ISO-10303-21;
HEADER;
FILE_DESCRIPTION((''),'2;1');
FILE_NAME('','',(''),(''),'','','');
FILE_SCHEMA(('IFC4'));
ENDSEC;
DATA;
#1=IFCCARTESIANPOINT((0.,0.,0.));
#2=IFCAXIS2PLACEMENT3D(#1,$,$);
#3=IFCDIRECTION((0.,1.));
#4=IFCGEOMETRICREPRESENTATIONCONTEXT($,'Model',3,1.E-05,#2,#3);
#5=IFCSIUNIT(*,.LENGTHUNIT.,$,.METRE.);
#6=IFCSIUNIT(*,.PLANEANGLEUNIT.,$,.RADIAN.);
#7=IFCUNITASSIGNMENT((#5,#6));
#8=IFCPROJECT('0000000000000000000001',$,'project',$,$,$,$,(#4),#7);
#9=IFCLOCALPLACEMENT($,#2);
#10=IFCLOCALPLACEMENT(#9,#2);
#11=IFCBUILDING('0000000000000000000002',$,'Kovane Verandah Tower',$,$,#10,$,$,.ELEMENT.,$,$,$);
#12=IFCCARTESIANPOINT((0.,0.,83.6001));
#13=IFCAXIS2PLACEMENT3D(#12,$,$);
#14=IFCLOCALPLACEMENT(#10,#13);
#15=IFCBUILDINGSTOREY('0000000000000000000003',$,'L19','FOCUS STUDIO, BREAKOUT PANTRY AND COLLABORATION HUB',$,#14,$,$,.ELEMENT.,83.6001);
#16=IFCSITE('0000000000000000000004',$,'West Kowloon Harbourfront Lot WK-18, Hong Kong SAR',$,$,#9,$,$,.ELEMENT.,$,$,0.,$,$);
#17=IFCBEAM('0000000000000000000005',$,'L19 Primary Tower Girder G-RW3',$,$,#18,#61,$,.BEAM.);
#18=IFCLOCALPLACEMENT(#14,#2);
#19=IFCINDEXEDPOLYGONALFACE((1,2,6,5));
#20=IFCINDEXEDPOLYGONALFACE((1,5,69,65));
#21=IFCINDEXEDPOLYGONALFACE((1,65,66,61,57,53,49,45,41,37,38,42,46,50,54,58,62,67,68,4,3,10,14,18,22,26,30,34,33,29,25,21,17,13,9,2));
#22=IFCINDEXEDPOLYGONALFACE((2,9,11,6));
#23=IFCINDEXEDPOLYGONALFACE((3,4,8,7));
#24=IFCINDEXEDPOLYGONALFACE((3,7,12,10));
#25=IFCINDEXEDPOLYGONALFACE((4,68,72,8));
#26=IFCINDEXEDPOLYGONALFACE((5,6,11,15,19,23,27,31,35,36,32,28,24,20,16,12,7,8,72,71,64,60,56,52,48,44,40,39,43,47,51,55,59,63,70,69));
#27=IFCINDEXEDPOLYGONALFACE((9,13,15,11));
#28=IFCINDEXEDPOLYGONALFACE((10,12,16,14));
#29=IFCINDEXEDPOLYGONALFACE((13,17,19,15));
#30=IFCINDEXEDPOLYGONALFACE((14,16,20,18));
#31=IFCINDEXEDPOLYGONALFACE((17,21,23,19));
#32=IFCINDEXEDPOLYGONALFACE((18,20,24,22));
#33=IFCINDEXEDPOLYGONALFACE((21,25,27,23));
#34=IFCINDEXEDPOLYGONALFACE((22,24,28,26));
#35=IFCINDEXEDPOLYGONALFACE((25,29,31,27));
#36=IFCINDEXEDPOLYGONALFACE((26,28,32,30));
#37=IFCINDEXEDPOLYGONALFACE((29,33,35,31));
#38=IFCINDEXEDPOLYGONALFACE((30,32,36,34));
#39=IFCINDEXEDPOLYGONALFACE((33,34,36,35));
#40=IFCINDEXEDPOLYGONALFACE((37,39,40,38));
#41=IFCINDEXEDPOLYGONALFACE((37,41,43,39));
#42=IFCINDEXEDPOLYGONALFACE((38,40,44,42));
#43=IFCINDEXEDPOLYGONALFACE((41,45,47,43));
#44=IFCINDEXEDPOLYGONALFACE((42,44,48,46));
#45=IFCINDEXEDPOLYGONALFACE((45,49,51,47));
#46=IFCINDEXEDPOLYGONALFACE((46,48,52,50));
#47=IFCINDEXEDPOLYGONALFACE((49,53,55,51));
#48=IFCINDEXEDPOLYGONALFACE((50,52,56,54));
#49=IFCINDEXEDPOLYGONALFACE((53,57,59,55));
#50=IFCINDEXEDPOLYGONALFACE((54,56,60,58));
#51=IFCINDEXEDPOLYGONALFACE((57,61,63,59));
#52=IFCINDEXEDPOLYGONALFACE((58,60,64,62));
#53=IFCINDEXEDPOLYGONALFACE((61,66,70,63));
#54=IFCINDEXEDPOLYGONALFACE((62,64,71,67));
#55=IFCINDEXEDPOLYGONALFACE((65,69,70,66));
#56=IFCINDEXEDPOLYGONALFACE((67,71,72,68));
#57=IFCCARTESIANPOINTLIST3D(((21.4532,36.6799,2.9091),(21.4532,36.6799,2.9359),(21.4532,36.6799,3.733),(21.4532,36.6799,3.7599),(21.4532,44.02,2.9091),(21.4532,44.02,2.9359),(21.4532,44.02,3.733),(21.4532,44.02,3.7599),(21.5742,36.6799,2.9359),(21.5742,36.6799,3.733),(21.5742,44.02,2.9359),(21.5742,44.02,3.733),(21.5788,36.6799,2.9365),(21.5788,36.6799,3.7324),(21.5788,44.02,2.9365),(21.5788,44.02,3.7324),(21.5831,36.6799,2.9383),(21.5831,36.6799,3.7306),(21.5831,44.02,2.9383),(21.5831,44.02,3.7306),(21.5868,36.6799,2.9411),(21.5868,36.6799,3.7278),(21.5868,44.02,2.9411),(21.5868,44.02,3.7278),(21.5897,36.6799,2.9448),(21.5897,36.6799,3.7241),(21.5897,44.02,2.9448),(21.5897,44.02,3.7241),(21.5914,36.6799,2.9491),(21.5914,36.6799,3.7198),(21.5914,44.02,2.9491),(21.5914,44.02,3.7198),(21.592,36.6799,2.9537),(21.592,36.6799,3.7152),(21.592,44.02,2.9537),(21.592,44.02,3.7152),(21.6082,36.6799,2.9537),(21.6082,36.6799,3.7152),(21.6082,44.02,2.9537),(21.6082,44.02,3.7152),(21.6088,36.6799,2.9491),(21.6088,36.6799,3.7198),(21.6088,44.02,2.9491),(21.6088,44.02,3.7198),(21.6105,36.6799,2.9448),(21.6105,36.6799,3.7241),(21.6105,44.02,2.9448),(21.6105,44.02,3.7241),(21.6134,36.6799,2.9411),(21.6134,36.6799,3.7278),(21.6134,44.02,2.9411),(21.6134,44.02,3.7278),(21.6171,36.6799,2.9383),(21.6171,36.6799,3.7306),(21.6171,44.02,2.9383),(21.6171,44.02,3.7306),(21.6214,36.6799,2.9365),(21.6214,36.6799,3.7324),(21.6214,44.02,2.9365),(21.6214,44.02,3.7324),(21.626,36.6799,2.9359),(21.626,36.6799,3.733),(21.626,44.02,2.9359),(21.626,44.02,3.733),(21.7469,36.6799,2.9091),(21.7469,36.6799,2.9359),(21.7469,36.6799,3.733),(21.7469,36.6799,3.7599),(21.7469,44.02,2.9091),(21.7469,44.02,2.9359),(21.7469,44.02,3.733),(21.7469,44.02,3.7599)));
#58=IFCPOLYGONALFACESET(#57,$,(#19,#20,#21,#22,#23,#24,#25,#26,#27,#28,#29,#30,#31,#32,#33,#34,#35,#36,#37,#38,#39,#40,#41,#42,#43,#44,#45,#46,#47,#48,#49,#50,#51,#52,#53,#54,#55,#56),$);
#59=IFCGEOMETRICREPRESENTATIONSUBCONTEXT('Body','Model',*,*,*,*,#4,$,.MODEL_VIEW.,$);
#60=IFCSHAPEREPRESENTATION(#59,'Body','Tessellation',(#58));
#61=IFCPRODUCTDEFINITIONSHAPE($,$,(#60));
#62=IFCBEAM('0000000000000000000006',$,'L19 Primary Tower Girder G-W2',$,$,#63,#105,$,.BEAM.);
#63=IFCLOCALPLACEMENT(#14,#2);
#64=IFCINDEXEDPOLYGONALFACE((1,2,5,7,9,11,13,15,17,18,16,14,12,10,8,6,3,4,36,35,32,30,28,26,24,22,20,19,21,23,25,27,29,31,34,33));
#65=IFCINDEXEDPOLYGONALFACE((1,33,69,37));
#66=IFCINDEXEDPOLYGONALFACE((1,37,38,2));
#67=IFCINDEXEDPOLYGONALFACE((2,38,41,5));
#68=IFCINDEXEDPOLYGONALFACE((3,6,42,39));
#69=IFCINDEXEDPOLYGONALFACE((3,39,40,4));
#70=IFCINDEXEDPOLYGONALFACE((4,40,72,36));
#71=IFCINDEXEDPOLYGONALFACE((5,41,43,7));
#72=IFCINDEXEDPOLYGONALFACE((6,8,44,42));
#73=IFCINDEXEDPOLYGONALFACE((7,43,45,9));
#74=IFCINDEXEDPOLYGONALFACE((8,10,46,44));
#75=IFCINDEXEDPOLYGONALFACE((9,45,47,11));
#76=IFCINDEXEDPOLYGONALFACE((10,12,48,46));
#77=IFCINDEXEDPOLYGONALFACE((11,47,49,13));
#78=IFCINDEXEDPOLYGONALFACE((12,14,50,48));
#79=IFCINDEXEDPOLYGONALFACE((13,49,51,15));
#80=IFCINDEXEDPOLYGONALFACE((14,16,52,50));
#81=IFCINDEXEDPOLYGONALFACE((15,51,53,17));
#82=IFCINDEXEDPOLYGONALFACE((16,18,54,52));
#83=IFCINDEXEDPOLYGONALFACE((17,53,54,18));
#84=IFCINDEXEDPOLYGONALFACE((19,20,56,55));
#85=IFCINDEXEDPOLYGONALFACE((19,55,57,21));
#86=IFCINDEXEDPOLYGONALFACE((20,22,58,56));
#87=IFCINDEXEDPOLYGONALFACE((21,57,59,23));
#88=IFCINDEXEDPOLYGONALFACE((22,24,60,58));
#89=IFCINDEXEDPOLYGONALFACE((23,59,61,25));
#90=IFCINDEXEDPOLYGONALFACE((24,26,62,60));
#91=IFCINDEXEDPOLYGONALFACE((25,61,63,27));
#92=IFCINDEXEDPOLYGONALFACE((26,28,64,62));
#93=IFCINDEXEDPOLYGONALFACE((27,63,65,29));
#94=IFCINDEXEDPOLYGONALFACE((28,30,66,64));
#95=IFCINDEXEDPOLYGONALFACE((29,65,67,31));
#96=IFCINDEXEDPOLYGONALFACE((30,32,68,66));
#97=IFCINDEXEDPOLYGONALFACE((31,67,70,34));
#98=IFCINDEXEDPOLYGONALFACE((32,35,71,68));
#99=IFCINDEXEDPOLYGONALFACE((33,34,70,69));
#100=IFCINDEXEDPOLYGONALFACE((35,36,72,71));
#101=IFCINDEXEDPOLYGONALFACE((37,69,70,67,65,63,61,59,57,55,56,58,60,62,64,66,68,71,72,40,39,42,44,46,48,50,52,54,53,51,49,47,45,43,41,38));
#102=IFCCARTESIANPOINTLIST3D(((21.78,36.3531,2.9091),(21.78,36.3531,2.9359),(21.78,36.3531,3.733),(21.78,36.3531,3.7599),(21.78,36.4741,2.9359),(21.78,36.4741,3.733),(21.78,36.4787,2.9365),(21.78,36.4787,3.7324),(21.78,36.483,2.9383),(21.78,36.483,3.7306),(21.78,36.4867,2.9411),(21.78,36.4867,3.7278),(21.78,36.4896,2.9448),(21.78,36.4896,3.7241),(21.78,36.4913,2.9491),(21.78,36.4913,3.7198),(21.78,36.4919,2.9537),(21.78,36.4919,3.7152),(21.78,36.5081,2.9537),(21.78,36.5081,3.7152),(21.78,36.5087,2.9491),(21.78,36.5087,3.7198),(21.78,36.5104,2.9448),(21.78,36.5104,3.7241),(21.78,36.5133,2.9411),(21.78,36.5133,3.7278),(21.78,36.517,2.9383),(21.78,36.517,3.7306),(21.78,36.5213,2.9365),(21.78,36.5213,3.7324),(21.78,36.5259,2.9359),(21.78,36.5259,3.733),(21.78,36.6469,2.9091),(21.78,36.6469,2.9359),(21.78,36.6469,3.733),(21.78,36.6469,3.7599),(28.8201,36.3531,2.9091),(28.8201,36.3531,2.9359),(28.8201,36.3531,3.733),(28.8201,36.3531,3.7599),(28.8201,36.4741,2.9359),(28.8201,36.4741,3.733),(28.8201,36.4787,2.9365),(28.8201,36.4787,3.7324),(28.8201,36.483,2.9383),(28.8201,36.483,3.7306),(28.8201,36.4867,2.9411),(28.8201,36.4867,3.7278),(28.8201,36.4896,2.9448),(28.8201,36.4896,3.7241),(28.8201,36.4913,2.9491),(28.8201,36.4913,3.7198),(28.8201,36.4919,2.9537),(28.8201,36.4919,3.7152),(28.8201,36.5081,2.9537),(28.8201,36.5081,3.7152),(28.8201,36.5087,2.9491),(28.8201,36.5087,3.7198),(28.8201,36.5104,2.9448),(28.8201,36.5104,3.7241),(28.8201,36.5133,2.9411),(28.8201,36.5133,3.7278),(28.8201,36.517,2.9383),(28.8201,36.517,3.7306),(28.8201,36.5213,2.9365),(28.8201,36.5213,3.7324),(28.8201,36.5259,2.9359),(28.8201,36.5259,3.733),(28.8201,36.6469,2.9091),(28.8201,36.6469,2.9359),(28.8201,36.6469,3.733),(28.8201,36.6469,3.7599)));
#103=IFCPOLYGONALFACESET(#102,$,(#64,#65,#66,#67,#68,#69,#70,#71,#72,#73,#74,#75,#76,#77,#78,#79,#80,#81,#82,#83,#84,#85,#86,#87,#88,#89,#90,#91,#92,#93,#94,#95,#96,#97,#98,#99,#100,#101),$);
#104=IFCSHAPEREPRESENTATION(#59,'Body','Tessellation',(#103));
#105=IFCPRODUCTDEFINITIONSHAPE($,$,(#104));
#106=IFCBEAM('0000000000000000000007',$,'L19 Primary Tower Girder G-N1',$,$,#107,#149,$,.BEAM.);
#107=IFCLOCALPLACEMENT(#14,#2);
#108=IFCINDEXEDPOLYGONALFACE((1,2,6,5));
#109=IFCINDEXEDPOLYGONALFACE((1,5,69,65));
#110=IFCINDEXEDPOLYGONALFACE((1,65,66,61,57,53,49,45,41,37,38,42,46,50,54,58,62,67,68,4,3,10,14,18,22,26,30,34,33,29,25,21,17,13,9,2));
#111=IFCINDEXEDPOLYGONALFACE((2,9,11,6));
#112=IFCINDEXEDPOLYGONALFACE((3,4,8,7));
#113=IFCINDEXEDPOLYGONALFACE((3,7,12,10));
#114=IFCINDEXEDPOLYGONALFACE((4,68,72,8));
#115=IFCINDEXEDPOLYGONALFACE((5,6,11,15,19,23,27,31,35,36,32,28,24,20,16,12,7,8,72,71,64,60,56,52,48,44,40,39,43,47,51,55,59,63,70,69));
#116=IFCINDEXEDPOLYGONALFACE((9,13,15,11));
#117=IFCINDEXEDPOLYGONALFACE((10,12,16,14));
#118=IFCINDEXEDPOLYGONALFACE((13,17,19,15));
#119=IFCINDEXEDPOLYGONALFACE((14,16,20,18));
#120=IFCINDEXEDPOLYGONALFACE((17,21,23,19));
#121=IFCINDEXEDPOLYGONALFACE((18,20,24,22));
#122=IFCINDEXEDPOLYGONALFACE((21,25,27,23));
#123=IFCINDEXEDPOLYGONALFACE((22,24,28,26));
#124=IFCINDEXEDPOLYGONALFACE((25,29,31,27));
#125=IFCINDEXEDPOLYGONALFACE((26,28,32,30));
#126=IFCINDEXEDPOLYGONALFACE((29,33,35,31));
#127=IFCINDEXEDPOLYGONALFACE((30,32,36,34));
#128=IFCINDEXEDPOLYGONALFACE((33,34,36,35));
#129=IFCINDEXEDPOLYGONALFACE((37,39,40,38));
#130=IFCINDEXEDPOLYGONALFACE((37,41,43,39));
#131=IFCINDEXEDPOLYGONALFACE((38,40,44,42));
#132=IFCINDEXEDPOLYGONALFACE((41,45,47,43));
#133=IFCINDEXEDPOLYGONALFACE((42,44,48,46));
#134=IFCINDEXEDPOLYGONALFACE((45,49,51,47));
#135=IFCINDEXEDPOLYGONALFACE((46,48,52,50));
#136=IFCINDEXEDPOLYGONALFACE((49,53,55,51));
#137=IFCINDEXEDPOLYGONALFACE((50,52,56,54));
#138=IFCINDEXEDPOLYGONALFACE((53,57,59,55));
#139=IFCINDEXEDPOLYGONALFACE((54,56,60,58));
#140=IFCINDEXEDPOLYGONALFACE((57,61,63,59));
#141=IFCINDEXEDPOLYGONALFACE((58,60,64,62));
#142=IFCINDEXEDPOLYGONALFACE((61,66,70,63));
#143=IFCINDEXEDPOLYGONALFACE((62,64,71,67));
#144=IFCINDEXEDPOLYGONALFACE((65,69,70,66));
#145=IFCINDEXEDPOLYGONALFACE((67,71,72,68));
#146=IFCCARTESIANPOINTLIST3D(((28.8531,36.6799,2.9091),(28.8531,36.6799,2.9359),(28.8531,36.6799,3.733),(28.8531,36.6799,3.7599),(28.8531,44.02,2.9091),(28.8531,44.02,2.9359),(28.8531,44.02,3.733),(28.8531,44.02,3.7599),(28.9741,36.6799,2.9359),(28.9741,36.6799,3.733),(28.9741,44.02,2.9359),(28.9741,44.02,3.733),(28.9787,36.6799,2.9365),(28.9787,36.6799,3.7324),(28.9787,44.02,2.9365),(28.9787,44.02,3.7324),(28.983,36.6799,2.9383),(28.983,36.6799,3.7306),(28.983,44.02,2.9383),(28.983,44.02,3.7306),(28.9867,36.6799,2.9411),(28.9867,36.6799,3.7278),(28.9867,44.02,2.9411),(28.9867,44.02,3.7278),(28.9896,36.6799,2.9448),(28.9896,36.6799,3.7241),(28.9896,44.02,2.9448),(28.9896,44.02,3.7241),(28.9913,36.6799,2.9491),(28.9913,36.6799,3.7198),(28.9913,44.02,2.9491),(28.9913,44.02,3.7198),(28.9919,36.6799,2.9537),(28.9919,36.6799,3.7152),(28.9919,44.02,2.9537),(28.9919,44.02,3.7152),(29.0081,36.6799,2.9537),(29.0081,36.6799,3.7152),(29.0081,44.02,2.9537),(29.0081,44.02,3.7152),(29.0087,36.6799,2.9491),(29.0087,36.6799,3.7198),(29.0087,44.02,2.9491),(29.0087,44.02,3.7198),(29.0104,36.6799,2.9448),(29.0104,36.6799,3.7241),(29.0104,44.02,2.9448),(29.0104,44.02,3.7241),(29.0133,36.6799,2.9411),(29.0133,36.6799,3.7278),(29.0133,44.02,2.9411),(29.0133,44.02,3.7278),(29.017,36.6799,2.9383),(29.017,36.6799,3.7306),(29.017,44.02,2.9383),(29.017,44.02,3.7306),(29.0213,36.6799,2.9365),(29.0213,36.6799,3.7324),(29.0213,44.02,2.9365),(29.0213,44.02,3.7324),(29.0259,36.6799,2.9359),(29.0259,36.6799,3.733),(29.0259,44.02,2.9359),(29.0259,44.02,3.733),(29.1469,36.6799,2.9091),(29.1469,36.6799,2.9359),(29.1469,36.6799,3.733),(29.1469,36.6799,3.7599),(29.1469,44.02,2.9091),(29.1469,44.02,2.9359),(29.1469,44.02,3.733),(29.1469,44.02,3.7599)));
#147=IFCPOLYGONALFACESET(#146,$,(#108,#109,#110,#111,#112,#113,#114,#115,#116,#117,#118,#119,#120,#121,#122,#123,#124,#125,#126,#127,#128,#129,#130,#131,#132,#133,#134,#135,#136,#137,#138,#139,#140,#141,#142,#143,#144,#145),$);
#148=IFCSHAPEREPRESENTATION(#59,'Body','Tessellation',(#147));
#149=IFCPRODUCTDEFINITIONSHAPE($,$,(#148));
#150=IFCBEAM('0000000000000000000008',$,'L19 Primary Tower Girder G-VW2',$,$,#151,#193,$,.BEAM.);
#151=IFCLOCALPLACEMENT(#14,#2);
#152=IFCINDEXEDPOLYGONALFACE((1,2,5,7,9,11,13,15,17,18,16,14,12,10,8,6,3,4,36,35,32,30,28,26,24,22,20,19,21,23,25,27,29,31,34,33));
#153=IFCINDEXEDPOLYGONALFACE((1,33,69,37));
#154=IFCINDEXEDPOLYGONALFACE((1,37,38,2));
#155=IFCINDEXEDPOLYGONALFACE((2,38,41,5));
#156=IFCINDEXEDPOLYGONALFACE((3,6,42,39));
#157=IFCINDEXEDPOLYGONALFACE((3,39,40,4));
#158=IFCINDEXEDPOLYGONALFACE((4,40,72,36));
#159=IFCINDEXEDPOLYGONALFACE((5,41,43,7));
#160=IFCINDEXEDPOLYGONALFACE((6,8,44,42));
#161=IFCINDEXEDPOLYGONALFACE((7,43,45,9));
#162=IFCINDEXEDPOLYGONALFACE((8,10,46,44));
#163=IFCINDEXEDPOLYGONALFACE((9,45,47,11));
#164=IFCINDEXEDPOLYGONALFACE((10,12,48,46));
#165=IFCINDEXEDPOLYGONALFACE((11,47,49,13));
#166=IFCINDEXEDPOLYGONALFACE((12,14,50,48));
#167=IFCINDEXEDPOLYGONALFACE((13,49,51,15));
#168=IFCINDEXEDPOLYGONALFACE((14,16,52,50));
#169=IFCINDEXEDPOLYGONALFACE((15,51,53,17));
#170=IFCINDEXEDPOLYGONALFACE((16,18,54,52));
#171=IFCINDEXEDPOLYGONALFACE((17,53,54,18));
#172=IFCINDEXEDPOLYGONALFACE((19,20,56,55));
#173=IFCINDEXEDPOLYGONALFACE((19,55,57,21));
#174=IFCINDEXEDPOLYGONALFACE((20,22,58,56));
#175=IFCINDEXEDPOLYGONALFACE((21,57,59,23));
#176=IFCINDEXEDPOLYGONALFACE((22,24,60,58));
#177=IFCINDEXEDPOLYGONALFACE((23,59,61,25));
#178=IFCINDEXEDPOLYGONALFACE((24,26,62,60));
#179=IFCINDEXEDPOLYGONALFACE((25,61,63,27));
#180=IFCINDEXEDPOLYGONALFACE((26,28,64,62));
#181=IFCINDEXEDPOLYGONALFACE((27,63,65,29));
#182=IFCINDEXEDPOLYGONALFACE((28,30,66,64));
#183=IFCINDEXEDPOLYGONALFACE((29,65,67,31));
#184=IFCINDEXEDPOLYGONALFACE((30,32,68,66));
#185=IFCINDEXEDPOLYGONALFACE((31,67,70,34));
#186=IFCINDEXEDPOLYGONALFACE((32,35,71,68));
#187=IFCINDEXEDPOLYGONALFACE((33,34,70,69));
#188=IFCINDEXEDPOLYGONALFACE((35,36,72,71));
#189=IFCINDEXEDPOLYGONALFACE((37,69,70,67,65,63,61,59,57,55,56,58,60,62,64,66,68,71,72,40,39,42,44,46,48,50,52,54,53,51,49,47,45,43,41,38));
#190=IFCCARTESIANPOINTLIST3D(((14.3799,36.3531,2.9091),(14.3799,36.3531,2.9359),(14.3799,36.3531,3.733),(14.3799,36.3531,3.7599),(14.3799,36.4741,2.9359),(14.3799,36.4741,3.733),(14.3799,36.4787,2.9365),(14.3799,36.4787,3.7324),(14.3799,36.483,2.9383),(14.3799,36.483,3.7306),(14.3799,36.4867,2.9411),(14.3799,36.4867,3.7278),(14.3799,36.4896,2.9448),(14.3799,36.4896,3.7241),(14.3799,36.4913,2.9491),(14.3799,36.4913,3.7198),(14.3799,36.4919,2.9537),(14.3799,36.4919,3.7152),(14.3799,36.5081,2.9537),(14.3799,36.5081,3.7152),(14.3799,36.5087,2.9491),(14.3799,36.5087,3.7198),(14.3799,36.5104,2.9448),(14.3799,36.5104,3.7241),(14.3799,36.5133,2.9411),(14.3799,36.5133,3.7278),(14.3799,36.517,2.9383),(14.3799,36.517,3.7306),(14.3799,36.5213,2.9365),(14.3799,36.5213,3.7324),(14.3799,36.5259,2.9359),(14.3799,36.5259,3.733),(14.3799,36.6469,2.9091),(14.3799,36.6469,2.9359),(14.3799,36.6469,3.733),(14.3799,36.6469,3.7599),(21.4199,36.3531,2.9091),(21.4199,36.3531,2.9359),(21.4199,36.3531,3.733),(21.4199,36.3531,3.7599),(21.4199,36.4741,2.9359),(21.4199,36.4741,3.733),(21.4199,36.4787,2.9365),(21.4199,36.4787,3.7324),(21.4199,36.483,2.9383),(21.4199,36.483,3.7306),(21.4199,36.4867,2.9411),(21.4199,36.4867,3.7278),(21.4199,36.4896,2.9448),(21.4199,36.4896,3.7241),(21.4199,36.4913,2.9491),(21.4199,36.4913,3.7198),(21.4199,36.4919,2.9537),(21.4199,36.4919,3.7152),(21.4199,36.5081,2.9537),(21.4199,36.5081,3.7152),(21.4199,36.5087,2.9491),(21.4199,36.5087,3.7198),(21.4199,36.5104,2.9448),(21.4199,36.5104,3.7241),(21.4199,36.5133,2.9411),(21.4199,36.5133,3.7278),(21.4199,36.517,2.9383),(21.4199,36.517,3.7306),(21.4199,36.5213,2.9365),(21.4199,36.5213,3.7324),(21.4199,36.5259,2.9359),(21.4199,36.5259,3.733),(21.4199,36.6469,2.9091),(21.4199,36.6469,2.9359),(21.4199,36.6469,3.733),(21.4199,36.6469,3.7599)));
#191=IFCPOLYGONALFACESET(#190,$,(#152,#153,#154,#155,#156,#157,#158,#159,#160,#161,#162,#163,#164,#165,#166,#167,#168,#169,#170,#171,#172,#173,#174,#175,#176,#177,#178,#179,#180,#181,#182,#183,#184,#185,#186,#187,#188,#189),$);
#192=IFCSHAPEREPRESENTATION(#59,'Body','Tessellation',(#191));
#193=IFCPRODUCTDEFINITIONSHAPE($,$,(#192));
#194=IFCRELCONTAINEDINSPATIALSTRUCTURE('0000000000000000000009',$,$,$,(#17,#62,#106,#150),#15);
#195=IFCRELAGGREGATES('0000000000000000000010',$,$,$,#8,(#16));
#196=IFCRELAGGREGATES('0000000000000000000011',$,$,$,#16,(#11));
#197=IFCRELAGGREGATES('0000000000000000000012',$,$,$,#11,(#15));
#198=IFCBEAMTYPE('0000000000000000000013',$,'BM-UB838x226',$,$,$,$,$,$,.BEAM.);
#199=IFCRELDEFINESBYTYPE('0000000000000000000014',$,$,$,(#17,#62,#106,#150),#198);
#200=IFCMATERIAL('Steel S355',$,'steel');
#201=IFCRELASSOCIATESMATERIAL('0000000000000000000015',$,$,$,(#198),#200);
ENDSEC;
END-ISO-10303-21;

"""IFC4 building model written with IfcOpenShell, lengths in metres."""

from ifc_helpers import new_model, si_unit, direction, frame, origin, origin_2d, place, context, subcontext, project, spatial, i_section, extrude, material, material_profile, profile_set, type_object, element, save


model = new_model("IFC4")

# Units and contexts
model_context = context("Model", 3, precision=1e-05, world=origin(), true_north=direction((0.0, 1.0)))
body_context = subcontext(model_context, "Body", "Model", "MODEL_VIEW")
ifc_project = project(units=[si_unit("LENGTHUNIT", "METRE"), si_unit("PLANEANGLEUNIT", "RADIAN")], contexts=[model_context])

# Site, building, storey
site_placement = place(None, origin())
site = spatial("IfcSite", under=ifc_project, at=site_placement, Name="West Kowloon Harbourfront Lot WK-18, Hong Kong SAR", CompositionType="ELEMENT", RefElevation=0.0)
building_placement = place(site_placement, origin())
building = spatial("IfcBuilding", under=site, at=building_placement, Name="Kovane Verandah Tower", CompositionType="ELEMENT")
storey_placement = place(building_placement, frame((0.0, 0.0, 83.6001)))
storey = spatial("IfcBuildingStorey", under=building, at=storey_placement, Name="L19", Description="FOCUS STUDIO, BREAKOUT PANTRY AND COLLABORATION HUB", CompositionType="ELEMENT", Elevation=83.6001)

# Beams
ifc_material_1 = material(Name="Steel S355", Category="steel")
ifc_material_profile_1 = material_profile(ifc_material_1, i_section(OverallWidth=0.2937, OverallDepth=0.8508, WebThickness=0.0161, FlangeThickness=0.0269, FilletRadius=0.0178, at=origin_2d()), Name="UB838x292x226")
ifc_profile_set_1 = profile_set([ifc_material_profile_1], Name="Steel S355")
beam_type_1 = type_object("IfcBeamType", Name="BM-UB838x226", PredefinedType="BEAM", material=ifc_profile_set_1)
beam_1_placement = place(storey_placement, frame((21.6001, 36.6799, 3.3345), z_axis=(0.0, 1.0, 0.0), x_axis=(-1.0, 0.0, 0.0)))
element("IfcBeam", 1, at=beam_1_placement, inside=storey, type_object=beam_type_1, Name="L19 Primary Tower Girder G-RW3", PredefinedType="BEAM", context=body_context, shape_type="SweptSolid", body=[
    extrude(i_section(OverallWidth=0.2937, OverallDepth=0.8508, WebThickness=0.0161, FlangeThickness=0.0269, FilletRadius=0.0178, at=origin_2d()), origin(), (0.0, 0.0, 1.0), 7.3401),
])
beam_2_placement = place(storey_placement, frame((28.8201, 36.5, 3.3345), z_axis=(-1.0, 0.0, 0.0), x_axis=(0.0, -1.0, 0.0)))
element("IfcBeam", 2, at=beam_2_placement, inside=storey, type_object=beam_type_1, Name="L19 Primary Tower Girder G-W2", PredefinedType="BEAM", context=body_context, shape_type="SweptSolid", body=[
    extrude(i_section(OverallWidth=0.2937, OverallDepth=0.8508, WebThickness=0.0161, FlangeThickness=0.0269, FilletRadius=0.0178, at=origin_2d()), origin(), (0.0, 0.0, 1.0), 7.04),
])
beam_3_placement = place(storey_placement, frame((29.0, 36.6799, 3.3345), z_axis=(0.0, 1.0, 0.0), x_axis=(-1.0, 0.0, 0.0)))
element("IfcBeam", 3, at=beam_3_placement, inside=storey, type_object=beam_type_1, Name="L19 Primary Tower Girder G-N1", PredefinedType="BEAM", context=body_context, shape_type="SweptSolid", body=[
    extrude(i_section(OverallWidth=0.2937, OverallDepth=0.8508, WebThickness=0.0161, FlangeThickness=0.0269, FilletRadius=0.0178, at=origin_2d()), origin(), (0.0, 0.0, 1.0), 7.3401),
])
beam_4_placement = place(storey_placement, frame((21.4199, 36.5, 3.3345), z_axis=(-1.0, 0.0, 0.0), x_axis=(0.0, -1.0, 0.0)))
element("IfcBeam", 4, at=beam_4_placement, inside=storey, type_object=beam_type_1, Name="L19 Primary Tower Girder G-VW2", PredefinedType="BEAM", context=body_context, shape_type="SweptSolid", body=[
    extrude(i_section(OverallWidth=0.2937, OverallDepth=0.8508, WebThickness=0.0161, FlangeThickness=0.0269, FilletRadius=0.0178, at=origin_2d()), origin(), (0.0, 0.0, 1.0), 7.04),
])

save(model, "model.ifc")
